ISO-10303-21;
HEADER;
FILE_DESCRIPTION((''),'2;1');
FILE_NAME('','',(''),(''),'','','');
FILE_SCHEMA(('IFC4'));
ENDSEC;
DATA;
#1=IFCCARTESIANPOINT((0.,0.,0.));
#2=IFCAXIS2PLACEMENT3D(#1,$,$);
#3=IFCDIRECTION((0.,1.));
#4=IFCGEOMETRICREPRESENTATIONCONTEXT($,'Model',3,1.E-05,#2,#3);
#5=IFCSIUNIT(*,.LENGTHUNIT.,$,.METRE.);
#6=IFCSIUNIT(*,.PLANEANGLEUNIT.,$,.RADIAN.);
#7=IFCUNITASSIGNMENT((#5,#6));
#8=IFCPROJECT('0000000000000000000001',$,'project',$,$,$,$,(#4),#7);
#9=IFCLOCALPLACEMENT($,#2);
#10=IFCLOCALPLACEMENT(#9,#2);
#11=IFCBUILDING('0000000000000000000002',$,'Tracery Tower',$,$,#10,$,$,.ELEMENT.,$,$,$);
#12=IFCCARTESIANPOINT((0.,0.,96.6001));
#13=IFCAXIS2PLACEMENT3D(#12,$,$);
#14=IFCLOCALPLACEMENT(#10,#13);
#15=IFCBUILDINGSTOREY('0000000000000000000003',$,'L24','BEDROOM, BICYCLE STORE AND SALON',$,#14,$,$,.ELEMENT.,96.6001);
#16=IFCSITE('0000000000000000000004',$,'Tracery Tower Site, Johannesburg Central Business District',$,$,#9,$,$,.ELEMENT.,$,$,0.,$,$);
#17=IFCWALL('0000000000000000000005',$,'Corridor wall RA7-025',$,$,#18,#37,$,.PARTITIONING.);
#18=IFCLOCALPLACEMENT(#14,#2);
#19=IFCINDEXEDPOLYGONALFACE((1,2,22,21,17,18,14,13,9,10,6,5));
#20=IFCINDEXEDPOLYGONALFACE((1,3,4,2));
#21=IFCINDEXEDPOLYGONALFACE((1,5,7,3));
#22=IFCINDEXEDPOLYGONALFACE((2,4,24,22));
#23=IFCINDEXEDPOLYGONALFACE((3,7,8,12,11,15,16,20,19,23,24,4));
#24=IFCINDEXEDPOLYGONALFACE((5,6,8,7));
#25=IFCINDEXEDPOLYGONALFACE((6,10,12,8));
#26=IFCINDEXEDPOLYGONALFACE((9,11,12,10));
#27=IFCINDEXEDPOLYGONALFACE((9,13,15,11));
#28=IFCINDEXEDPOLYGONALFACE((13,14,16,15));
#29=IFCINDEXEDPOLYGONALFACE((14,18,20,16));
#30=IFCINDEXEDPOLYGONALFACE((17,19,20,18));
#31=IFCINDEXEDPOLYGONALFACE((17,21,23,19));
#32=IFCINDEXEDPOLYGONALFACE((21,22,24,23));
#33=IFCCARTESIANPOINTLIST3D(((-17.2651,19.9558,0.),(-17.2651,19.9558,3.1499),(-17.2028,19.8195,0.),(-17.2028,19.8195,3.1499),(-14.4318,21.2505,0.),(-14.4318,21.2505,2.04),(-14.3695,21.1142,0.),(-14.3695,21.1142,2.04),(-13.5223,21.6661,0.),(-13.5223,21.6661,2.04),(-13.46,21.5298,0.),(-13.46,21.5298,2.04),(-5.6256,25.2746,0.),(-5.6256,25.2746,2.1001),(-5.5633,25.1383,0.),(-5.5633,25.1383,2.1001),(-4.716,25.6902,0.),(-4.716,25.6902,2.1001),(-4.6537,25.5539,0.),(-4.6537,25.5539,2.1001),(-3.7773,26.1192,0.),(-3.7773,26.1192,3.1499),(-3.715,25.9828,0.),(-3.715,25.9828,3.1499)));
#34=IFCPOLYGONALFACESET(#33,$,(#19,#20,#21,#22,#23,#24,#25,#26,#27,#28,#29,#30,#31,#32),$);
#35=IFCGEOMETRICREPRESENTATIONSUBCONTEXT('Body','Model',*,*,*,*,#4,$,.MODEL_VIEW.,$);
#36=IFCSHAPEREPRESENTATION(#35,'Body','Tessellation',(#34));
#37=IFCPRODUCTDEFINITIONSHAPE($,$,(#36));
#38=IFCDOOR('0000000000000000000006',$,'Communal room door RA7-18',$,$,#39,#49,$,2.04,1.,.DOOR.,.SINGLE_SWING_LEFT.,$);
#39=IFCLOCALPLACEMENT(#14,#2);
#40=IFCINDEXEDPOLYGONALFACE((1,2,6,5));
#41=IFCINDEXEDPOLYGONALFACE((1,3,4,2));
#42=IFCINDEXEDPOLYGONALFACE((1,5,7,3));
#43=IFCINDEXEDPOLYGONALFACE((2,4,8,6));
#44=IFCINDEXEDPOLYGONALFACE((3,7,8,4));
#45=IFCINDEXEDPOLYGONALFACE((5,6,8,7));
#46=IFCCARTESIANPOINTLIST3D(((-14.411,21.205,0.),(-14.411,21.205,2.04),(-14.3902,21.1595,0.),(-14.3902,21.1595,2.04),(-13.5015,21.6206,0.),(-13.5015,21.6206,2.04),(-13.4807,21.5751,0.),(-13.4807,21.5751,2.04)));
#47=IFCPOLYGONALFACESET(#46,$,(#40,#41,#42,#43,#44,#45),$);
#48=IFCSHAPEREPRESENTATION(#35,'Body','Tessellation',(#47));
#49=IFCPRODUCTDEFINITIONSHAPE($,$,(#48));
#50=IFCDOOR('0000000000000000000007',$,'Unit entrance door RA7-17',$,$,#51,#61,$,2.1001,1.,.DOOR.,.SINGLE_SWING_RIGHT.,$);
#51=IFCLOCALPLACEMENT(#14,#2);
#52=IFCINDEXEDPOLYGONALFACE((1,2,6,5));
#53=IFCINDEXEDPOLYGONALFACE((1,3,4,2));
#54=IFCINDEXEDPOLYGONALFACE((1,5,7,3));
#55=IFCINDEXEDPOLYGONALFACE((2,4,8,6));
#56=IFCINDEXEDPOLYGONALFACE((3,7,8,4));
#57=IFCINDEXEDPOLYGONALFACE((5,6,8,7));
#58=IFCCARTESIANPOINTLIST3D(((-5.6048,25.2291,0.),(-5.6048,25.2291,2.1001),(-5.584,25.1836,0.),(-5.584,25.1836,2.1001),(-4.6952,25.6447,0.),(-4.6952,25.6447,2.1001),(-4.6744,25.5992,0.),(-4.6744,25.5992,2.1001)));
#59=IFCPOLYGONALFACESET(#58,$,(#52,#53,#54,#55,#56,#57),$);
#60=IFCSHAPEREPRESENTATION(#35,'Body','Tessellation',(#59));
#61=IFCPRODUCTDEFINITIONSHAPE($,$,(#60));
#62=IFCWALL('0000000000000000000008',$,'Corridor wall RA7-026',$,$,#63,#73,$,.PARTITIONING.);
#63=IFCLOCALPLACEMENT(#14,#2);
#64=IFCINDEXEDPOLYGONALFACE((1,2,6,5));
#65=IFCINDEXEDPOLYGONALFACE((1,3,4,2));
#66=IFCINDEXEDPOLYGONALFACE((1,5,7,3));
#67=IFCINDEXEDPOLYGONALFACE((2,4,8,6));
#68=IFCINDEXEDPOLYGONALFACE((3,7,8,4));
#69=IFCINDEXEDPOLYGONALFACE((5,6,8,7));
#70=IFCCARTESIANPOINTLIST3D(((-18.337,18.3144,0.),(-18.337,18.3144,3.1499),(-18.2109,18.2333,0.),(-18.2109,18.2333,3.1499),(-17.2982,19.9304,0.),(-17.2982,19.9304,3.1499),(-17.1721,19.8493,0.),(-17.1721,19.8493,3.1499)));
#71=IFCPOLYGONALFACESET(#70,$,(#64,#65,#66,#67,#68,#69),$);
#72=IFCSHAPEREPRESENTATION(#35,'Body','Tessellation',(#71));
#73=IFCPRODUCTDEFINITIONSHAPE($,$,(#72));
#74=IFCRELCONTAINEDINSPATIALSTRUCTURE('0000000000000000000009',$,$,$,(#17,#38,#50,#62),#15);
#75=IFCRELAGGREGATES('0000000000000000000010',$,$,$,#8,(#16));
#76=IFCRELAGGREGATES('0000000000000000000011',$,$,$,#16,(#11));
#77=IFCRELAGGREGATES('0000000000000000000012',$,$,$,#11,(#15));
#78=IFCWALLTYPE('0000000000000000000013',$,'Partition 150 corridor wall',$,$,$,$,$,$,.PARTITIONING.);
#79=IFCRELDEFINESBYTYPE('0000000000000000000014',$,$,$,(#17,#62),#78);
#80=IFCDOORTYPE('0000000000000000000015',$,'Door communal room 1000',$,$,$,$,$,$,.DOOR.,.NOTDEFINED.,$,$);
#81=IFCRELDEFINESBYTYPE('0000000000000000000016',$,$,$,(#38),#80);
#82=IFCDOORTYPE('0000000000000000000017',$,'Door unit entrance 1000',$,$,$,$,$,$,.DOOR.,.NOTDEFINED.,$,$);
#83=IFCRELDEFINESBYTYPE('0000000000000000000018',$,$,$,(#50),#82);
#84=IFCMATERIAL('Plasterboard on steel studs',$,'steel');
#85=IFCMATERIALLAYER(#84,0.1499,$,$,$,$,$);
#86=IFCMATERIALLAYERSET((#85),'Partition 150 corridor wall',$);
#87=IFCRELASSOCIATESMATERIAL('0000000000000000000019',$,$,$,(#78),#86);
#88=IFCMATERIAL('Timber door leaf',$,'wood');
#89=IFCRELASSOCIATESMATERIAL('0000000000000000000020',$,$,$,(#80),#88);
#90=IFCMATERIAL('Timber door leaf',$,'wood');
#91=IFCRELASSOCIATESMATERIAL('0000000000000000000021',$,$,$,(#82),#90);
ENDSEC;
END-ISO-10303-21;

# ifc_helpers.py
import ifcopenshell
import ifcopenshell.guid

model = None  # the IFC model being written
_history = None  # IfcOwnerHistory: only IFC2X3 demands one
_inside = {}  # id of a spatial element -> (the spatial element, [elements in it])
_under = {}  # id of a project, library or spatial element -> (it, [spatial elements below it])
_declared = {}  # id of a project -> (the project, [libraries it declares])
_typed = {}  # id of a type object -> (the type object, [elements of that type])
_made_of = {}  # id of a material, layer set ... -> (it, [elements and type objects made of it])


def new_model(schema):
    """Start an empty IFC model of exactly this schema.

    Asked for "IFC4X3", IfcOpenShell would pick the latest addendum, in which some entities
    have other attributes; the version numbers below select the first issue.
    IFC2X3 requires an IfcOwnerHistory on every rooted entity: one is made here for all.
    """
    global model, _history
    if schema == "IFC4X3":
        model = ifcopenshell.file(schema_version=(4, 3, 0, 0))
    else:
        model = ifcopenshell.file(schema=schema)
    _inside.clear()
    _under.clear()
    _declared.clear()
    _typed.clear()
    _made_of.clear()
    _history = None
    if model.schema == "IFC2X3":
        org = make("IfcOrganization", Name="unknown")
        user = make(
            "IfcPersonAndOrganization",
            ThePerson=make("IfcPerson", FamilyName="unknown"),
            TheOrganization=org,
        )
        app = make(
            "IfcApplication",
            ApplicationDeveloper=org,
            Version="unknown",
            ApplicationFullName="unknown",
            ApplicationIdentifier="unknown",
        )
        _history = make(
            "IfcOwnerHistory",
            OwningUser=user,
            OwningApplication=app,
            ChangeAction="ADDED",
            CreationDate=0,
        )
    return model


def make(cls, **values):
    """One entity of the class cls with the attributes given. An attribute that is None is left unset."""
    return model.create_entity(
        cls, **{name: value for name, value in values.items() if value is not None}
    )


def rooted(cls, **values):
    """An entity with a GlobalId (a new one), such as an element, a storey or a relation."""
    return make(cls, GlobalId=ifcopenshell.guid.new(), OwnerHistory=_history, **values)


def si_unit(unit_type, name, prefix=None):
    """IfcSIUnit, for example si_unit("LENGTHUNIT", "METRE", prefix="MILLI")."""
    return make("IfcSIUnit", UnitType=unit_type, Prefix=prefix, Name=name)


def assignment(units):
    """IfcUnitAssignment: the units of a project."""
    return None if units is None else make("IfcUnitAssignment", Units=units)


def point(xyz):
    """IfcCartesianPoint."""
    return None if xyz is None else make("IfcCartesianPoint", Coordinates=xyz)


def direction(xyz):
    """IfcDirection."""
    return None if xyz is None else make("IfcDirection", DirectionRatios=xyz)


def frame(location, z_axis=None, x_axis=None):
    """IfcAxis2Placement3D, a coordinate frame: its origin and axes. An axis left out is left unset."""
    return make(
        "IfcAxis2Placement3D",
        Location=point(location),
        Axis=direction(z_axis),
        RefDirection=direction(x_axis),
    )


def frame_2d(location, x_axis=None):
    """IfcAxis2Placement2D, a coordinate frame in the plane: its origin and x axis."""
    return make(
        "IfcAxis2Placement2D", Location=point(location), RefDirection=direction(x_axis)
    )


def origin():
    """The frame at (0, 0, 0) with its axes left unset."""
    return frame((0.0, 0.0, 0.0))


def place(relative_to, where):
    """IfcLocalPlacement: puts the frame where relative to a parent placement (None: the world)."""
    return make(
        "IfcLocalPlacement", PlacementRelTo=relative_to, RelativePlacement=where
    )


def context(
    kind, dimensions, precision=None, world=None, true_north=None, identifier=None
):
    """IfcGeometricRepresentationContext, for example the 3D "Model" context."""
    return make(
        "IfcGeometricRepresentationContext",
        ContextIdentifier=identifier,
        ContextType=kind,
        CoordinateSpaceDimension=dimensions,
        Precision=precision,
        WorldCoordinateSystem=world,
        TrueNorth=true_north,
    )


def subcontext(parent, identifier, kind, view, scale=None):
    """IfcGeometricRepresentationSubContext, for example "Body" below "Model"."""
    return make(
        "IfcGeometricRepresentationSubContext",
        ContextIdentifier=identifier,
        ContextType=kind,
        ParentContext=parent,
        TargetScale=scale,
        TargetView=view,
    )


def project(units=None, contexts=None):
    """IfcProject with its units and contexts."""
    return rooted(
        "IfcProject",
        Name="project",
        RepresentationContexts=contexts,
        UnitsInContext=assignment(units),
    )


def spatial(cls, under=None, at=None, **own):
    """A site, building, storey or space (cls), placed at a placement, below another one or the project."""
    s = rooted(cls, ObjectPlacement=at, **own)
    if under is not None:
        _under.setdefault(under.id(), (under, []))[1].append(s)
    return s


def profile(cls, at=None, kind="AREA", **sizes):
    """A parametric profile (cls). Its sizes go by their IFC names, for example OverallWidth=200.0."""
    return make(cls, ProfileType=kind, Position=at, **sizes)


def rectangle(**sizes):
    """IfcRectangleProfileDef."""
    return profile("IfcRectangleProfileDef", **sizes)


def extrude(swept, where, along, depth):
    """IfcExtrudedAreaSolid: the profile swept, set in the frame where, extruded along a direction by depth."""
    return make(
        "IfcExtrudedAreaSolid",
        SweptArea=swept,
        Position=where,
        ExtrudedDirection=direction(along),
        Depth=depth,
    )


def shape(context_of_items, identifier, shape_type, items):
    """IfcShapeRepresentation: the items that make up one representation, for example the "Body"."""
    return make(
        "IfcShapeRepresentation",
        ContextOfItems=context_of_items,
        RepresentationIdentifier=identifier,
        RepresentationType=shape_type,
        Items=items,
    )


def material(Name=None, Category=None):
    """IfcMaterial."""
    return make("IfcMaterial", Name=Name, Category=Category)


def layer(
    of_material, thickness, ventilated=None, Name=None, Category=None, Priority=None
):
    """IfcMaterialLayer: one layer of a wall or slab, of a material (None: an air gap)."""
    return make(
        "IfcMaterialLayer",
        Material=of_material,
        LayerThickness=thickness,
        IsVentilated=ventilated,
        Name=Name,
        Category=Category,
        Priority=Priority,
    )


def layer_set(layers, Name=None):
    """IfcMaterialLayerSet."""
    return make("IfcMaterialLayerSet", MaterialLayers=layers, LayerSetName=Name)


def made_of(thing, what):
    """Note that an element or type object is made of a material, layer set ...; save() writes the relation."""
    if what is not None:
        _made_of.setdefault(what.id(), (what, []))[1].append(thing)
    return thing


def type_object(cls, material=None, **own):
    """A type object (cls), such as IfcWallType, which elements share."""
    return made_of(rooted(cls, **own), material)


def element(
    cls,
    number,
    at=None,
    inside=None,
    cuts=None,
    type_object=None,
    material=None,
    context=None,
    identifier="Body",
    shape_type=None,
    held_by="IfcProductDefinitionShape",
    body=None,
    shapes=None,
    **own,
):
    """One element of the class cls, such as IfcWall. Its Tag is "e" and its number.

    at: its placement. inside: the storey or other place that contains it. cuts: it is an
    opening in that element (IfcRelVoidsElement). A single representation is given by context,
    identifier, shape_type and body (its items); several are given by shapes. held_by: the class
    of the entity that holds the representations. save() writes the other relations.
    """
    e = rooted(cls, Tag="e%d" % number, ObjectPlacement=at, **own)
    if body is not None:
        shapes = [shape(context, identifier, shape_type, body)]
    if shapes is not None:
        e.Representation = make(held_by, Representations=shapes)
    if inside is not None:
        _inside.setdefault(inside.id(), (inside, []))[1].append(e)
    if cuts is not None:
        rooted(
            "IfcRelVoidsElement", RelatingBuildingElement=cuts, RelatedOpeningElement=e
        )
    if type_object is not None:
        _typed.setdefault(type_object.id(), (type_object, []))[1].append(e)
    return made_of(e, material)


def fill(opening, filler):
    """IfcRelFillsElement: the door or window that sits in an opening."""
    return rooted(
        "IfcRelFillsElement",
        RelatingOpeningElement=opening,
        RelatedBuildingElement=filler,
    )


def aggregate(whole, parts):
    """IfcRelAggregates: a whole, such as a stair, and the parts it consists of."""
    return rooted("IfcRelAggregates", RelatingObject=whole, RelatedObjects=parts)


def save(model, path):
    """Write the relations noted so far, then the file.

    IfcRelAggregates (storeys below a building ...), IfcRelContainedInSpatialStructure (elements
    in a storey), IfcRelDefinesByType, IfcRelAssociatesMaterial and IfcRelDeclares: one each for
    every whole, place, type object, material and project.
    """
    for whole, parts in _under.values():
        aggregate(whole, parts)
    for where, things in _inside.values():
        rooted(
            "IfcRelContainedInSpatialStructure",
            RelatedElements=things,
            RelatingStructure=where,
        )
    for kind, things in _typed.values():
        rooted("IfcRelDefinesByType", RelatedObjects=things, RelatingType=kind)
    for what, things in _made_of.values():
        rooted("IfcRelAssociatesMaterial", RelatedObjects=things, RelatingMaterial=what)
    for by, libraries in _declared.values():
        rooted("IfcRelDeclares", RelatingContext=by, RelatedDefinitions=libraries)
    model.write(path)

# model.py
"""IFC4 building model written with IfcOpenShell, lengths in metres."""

from ifc_helpers import new_model, si_unit, direction, frame, frame_2d, origin, place, context, subcontext, project, spatial, rectangle, extrude, material, layer, layer_set, type_object, element, fill, save


model = new_model("IFC4")

# Units and contexts
model_context = context("Model", 3, precision=1e-05, world=origin(), true_north=direction((0.0, 1.0)))
body_context = subcontext(model_context, "Body", "Model", "MODEL_VIEW")
ifc_project = project(units=[si_unit("LENGTHUNIT", "METRE"), si_unit("PLANEANGLEUNIT", "RADIAN")], contexts=[model_context])

# Site, building, storey
site_placement = place(None, origin())
site = spatial("IfcSite", under=ifc_project, at=site_placement, Name="Tracery Tower Site, Johannesburg Central Business District", CompositionType="ELEMENT", RefElevation=0.0)
building_placement = place(site_placement, origin())
building = spatial("IfcBuilding", under=site, at=building_placement, Name="Tracery Tower", CompositionType="ELEMENT")
storey_placement = place(building_placement, frame((0.0, 0.0, 96.6001)))
storey = spatial("IfcBuildingStorey", under=building, at=storey_placement, Name="L24", Description="BEDROOM, BICYCLE STORE AND SALON", CompositionType="ELEMENT", Elevation=96.6001)

# Wall, openings, doors
ifc_material_1 = material(Name="Plasterboard on steel studs", Category="steel")
ifc_layer_1 = layer(ifc_material_1, 0.1499)
ifc_layer_set_1 = layer_set([ifc_layer_1], Name="Partition 150 corridor wall")
wall_type_1 = type_object("IfcWallType", Name="Partition 150 corridor wall", PredefinedType="PARTITIONING", material=ifc_layer_set_1)
wall_1_placement = place(storey_placement, frame((-17.2339, 19.8877, 0.0), z_axis=(0.0, 0.0, 1.0), x_axis=(0.909539, 0.415619, 0.0)))
wall_1 = element("IfcWall", 1, at=wall_1_placement, inside=storey, type_object=wall_type_1, Name="Corridor wall RA7-025", PredefinedType="PARTITIONING", context=body_context, shape_type="SweptSolid", body=[
    extrude(rectangle(XDim=14.8293, YDim=0.1499, at=frame_2d((7.4146, 0.0))), origin(), (0.0, 0.0, 1.0), 3.1499),
])
opening_1_placement = place(wall_1_placement, frame((12.7971, 0.0, 0.0)))
opening_1 = element("IfcOpeningElement", 2, at=opening_1_placement, cuts=wall_1, PredefinedType="OPENING", context=body_context, shape_type="SweptSolid", body=[
    extrude(rectangle(XDim=1.0, YDim=2.1001, at=frame_2d((0.5, 1.05))), frame((0.0, 0.075, 0.0), z_axis=(0.0, -1.0, 0.0), x_axis=(1.0, 0.0, 0.0)), (0.0, 0.0, 1.0), 0.1499),
])
opening_2_placement = place(wall_1_placement, frame((3.115, 0.0, 0.0)))
opening_2 = element("IfcOpeningElement", 3, at=opening_2_placement, cuts=wall_1, PredefinedType="OPENING", context=body_context, shape_type="SweptSolid", body=[
    extrude(rectangle(XDim=1.0, YDim=2.04, at=frame_2d((0.5, 1.02))), frame((0.0, 0.075, 0.0), z_axis=(0.0, -1.0, 0.0), x_axis=(1.0, 0.0, 0.0)), (0.0, 0.0, 1.0), 0.1499),
])
ifc_material_2 = material(Name="Timber door leaf", Category="wood")
door_type_1 = type_object("IfcDoorType", Name="Door communal room 1000", OperationType="NOTDEFINED", PredefinedType="DOOR", material=ifc_material_2)
door_1_placement = place(opening_2_placement, origin())
door_1 = element("IfcDoor", 4, at=door_1_placement, inside=storey, type_object=door_type_1, Name="Communal room door RA7-18", OperationType="SINGLE_SWING_LEFT", OverallHeight=2.04, OverallWidth=1.0, PredefinedType="DOOR", context=body_context, shape_type="SweptSolid", body=[
    extrude(rectangle(XDim=1.0, YDim=2.04, at=frame_2d((0.5, 1.02))), frame((0.0, 0.0249, 0.0), z_axis=(0.0, -1.0, 0.0), x_axis=(1.0, 0.0, 0.0)), (0.0, 0.0, 1.0), 0.05),
])
fill(opening_2, door_1)
ifc_material_3 = material(Name="Timber door leaf", Category="wood")
door_type_2 = type_object("IfcDoorType", Name="Door unit entrance 1000", OperationType="NOTDEFINED", PredefinedType="DOOR", material=ifc_material_3)
door_2_placement = place(opening_1_placement, origin())
door_2 = element("IfcDoor", 5, at=door_2_placement, inside=storey, type_object=door_type_2, Name="Unit entrance door RA7-17", OperationType="SINGLE_SWING_RIGHT", OverallHeight=2.1001, OverallWidth=1.0, PredefinedType="DOOR", context=body_context, shape_type="SweptSolid", body=[
    extrude(rectangle(XDim=1.0, YDim=2.1001, at=frame_2d((0.5, 1.05))), frame((0.0, 0.0249, 0.0), z_axis=(0.0, -1.0, 0.0), x_axis=(1.0, 0.0, 0.0)), (0.0, 0.0, 1.0), 0.05),
])
fill(opening_1, door_2)

# Wall
wall_2_placement = place(storey_placement, frame((-18.2739, 18.2739, 0.0), z_axis=(0.0, 0.0, 1.0), x_axis=(0.540751, 0.841183, 0.0)))
element("IfcWall", 6, at=wall_2_placement, inside=storey, type_object=wall_type_1, Name="Corridor wall RA7-026", PredefinedType="PARTITIONING", context=body_context, shape_type="SweptSolid", body=[
    extrude(rectangle(XDim=1.9211, YDim=0.1499, at=frame_2d((0.9604, 0.0))), origin(), (0.0, 0.0, 1.0), 3.1499),
])

save(model, "model.ifc")
